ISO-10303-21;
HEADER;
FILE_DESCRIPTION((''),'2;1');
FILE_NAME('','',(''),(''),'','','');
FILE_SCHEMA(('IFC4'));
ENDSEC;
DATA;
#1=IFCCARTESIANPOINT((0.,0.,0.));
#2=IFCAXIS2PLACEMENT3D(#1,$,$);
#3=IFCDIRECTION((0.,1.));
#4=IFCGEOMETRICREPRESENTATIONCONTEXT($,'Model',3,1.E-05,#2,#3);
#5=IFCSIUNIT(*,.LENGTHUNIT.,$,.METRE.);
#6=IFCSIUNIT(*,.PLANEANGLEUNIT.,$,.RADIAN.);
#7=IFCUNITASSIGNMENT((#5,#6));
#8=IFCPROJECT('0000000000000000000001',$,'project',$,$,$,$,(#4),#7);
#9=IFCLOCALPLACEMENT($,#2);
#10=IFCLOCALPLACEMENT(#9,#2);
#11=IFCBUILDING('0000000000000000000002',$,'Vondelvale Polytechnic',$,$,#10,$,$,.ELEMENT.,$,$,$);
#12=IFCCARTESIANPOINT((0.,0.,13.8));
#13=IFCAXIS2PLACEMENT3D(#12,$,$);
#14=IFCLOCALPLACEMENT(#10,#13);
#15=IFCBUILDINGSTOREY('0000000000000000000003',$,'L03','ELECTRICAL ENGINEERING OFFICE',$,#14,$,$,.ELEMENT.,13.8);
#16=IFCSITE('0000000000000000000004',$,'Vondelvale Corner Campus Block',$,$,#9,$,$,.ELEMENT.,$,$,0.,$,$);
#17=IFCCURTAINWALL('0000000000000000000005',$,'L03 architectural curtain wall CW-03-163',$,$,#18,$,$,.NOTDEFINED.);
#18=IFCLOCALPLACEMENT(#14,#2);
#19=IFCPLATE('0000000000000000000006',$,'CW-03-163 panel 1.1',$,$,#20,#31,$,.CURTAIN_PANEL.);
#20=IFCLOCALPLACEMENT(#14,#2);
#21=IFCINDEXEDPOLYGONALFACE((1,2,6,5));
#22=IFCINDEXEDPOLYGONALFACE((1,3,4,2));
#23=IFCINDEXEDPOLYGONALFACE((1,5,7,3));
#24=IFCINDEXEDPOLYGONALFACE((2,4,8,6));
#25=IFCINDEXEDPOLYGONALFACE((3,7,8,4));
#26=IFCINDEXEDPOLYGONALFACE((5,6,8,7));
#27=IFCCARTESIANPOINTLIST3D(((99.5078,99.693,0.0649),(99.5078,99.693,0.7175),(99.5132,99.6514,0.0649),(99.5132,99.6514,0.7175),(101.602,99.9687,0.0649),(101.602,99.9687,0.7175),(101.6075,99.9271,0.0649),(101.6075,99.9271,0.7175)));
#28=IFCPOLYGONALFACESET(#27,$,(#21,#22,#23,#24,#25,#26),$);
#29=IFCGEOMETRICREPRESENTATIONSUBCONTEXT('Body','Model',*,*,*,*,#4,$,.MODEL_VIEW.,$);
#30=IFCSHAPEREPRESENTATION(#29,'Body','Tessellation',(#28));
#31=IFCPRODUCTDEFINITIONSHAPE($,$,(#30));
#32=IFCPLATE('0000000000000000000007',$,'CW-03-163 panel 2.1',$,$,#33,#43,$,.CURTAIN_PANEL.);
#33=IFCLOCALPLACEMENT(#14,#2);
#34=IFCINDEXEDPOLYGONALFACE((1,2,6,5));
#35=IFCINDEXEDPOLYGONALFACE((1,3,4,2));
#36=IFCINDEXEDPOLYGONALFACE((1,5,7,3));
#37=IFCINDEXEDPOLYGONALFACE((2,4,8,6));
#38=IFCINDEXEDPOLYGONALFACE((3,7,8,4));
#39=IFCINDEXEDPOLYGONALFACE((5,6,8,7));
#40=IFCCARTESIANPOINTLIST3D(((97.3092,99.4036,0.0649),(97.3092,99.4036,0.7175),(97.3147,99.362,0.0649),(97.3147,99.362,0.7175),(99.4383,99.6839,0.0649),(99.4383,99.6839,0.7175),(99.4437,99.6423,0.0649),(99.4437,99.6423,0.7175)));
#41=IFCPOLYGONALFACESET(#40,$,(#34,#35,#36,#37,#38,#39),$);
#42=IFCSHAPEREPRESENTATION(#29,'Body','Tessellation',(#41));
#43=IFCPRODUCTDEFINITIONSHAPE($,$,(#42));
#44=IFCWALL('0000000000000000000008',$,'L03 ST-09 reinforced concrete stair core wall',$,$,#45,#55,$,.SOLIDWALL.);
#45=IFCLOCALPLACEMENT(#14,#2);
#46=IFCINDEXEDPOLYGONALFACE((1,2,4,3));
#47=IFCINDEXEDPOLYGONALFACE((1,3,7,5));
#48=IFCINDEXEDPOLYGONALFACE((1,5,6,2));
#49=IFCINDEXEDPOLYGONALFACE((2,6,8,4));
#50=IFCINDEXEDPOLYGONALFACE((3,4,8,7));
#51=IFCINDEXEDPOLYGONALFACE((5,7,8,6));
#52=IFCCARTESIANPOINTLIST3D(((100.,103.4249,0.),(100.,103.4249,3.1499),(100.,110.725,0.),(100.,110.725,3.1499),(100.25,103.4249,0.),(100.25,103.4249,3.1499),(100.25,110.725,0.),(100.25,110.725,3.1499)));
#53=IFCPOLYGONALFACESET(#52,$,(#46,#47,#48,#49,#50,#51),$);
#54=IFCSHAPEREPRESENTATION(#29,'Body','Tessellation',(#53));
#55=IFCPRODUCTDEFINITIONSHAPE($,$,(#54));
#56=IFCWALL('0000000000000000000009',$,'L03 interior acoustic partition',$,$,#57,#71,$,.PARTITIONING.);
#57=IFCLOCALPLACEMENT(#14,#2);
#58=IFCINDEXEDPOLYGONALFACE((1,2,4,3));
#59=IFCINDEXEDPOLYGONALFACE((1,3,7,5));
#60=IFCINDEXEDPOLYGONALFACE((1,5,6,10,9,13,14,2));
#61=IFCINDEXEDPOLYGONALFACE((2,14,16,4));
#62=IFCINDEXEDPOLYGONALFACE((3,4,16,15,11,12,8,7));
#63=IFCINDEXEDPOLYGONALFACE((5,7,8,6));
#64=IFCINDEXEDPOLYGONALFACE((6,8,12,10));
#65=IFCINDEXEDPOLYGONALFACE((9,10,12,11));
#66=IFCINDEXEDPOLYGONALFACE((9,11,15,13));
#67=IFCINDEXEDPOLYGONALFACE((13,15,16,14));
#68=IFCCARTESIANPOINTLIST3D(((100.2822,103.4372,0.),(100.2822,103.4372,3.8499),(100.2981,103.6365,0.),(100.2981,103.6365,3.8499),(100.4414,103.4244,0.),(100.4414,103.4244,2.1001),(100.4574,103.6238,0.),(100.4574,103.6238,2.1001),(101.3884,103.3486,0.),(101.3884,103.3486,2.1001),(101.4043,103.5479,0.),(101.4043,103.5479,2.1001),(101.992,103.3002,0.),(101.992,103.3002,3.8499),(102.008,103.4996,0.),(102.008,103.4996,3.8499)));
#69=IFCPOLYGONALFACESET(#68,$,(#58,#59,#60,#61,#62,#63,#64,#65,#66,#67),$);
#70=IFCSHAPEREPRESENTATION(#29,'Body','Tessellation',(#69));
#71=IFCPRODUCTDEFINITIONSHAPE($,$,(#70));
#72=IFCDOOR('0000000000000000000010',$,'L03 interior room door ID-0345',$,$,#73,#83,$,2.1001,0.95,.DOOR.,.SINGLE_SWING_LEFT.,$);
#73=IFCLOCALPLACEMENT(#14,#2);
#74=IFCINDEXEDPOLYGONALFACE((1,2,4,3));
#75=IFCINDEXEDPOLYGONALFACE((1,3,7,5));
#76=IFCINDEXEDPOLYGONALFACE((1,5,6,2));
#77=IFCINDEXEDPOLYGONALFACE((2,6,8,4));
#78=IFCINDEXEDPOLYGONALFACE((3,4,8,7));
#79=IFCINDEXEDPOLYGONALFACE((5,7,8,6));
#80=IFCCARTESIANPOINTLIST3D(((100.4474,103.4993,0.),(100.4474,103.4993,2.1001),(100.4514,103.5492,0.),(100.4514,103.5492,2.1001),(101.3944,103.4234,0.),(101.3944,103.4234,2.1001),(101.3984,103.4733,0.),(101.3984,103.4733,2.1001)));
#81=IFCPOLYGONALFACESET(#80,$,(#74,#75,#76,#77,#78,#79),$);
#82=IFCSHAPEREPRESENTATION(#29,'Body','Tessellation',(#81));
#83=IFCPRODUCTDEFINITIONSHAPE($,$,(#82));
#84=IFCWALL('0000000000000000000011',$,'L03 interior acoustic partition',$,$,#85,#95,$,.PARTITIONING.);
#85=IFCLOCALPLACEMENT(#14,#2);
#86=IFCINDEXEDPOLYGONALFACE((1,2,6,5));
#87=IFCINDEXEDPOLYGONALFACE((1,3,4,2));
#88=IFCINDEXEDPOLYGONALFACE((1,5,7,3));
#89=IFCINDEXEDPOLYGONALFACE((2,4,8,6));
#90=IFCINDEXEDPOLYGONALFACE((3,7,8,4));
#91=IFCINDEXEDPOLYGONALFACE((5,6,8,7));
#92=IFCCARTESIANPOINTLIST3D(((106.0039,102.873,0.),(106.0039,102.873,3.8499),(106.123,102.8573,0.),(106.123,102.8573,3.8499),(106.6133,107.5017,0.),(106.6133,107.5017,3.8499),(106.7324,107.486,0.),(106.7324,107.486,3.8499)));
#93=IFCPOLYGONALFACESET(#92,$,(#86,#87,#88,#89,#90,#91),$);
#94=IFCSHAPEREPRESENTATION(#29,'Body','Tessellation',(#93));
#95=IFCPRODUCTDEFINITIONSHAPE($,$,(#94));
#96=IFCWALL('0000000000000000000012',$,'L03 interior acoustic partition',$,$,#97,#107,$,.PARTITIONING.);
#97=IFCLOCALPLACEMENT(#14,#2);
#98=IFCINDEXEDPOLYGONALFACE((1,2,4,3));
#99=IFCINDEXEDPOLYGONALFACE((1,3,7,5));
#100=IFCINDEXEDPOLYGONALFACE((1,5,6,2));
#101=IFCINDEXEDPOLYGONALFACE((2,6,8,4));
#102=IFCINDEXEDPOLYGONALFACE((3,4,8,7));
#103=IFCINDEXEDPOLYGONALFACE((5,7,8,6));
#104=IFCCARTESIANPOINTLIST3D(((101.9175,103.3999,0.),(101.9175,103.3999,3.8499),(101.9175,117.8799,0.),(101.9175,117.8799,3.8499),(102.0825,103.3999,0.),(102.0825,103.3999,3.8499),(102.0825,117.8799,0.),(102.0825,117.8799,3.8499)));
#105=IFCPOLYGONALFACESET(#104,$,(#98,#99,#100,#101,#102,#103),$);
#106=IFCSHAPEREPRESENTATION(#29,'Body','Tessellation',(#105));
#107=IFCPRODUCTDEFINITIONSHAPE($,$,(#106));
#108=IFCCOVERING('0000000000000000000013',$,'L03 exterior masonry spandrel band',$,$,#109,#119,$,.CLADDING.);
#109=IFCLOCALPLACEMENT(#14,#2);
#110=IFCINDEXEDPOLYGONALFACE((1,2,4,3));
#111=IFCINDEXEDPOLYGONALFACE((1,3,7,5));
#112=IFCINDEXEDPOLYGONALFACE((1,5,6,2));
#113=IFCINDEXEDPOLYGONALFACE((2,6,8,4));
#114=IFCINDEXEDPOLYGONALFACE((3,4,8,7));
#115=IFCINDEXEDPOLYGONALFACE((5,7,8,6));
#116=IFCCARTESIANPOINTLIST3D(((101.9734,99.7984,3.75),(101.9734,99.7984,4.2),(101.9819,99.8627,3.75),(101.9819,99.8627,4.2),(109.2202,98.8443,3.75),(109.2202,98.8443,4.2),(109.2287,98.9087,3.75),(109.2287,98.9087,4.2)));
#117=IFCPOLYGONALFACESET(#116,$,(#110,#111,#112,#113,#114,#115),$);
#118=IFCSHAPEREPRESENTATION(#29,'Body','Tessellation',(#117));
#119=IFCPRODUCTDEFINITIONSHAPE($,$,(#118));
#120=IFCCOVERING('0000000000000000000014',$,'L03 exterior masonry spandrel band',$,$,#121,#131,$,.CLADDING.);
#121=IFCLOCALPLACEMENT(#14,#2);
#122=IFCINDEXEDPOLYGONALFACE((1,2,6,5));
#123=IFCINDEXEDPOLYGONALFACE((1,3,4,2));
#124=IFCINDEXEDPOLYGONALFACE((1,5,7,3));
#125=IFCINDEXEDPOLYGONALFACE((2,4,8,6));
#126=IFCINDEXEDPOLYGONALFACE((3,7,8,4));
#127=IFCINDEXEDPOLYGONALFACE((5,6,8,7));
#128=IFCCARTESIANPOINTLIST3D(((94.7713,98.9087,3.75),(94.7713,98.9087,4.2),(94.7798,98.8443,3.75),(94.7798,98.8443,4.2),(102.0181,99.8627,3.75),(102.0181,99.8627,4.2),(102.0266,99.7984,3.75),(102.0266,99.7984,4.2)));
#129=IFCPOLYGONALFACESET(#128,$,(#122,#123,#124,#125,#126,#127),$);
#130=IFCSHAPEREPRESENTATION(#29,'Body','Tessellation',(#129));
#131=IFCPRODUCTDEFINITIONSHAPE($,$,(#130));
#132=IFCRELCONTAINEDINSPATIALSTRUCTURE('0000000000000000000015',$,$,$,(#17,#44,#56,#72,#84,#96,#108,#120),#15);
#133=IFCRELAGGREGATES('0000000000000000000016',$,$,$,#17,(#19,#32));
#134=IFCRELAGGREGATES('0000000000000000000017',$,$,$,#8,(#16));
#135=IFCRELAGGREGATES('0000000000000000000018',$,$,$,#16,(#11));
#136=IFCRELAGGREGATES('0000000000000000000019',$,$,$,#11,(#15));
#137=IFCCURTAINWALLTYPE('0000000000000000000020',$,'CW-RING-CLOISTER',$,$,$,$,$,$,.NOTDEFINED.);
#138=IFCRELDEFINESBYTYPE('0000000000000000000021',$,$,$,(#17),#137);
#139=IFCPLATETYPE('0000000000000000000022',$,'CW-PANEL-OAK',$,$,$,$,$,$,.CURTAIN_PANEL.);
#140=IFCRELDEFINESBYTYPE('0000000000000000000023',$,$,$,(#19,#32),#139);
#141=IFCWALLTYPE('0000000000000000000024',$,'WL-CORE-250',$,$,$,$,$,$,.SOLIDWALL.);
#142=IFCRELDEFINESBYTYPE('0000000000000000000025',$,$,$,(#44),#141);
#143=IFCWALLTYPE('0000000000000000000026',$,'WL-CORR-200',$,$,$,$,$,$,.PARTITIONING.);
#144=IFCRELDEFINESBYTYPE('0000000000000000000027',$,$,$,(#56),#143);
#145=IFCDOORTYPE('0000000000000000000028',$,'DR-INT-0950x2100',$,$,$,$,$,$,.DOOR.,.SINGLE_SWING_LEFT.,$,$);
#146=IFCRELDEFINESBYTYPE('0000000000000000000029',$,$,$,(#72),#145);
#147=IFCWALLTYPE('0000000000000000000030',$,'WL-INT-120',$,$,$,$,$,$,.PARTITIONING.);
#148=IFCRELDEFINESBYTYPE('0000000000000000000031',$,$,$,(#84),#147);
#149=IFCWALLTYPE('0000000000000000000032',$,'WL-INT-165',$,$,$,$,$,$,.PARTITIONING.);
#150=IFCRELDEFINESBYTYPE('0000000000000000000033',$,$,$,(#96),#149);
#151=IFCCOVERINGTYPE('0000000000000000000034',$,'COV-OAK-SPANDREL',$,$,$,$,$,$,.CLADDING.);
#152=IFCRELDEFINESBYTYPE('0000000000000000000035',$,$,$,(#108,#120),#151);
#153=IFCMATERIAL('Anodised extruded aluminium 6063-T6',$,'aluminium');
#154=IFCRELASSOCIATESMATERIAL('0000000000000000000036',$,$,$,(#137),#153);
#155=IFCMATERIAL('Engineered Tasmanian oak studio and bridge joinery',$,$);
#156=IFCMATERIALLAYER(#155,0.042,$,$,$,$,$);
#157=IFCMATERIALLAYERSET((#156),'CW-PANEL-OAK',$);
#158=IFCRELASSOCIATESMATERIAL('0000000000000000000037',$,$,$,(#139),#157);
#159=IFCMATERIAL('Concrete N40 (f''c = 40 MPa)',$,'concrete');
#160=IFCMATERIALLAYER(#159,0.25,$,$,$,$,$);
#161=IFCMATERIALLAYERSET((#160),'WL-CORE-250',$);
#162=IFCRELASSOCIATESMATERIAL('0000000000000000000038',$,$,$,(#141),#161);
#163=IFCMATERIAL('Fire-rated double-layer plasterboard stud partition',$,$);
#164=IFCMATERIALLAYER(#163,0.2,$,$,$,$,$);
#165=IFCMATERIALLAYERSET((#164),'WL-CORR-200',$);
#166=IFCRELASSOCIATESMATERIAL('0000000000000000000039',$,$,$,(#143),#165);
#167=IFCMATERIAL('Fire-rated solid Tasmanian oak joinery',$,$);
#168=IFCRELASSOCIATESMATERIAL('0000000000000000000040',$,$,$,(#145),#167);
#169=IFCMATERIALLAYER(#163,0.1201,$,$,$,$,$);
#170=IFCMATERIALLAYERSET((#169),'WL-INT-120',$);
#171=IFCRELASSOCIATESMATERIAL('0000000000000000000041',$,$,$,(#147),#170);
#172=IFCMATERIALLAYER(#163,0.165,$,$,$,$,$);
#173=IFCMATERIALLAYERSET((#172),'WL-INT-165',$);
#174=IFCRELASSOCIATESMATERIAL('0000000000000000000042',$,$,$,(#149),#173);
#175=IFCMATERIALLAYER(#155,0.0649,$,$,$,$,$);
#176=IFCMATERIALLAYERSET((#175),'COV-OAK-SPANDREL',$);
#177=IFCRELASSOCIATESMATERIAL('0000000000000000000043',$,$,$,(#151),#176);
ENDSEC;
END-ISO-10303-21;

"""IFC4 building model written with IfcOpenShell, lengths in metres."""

from ifc_helpers import new_model, si_unit, direction, frame, frame_2d, origin, origin_2d, place, context, subcontext, project, spatial, rectangle, extrude, material, layer, layer_set, type_object, element, fill, aggregate, save


model = new_model("IFC4")

# Units and contexts
model_context = context("Model", 3, precision=1e-05, world=origin(), true_north=direction((0.0, 1.0)))
body_context = subcontext(model_context, "Body", "Model", "MODEL_VIEW")
ifc_project = project(units=[si_unit("LENGTHUNIT", "METRE"), si_unit("PLANEANGLEUNIT", "RADIAN")], contexts=[model_context])

# Site, building, storey
site_placement = place(None, origin())
site = spatial("IfcSite", under=ifc_project, at=site_placement, Name="Vondelvale Corner Campus Block", CompositionType="ELEMENT", RefElevation=0.0)
building_placement = place(site_placement, origin())
building = spatial("IfcBuilding", under=site, at=building_placement, Name="Vondelvale Polytechnic", CompositionType="ELEMENT")
storey_placement = place(building_placement, frame((0.0, 0.0, 13.8)))
storey = spatial("IfcBuildingStorey", under=building, at=storey_placement, Name="L03", Description="ELECTRICAL ENGINEERING OFFICE", CompositionType="ELEMENT", Elevation=13.8)

# Shared definitions
ifc_material_1 = material(Name="Concrete N40 (f'c = 40 MPa)", Category="concrete")

# Curtain wall
ifc_material_2 = material(Name="Anodised extruded aluminium 6063-T6", Category="aluminium")
curtain_wall_type = type_object("IfcCurtainWallType", Name="CW-RING-CLOISTER", PredefinedType="NOTDEFINED", material=ifc_material_2)
curtain_wall_1_placement = place(storey_placement, origin())
curtain_wall_1 = element("IfcCurtainWall", 1, at=curtain_wall_1_placement, inside=storey, type_object=curtain_wall_type, Name="L03 architectural curtain wall CW-03-163", PredefinedType="NOTDEFINED")

# Plates
ifc_material_3 = material(Name="Engineered Tasmanian oak studio and bridge joinery")
ifc_layer_1 = layer(ifc_material_3, 0.042)
ifc_layer_set_1 = layer_set([ifc_layer_1], Name="CW-PANEL-OAK")
plate_type_1 = type_object("IfcPlateType", Name="CW-PANEL-OAK", PredefinedType="CURTAIN_PANEL", material=ifc_layer_set_1)
plate_1_placement = place(storey_placement, frame((100.5576, 99.8101, 0.0649), z_axis=(0.0, 0.0, 1.0), x_axis=(-0.991445, -0.130528, 0.0)))
plate_1 = element("IfcPlate", 2, at=plate_1_placement, type_object=plate_type_1, Name="CW-03-163 panel 1.1", PredefinedType="CURTAIN_PANEL", context=body_context, shape_type="SweptSolid", body=[
    extrude(rectangle(XDim=2.1123, YDim=0.042, at=origin_2d()), origin(), (0.0, 0.0, 1.0), 0.6526),
])
plate_2_placement = place(storey_placement, frame((98.3765, 99.5229, 0.0649), z_axis=(0.0, 0.0, 1.0), x_axis=(-0.991445, -0.130528, 0.0)))
plate_2 = element("IfcPlate", 3, at=plate_2_placement, type_object=plate_type_1, Name="CW-03-163 panel 2.1", PredefinedType="CURTAIN_PANEL", context=body_context, shape_type="SweptSolid", body=[
    extrude(rectangle(XDim=2.1475, YDim=0.042, at=origin_2d()), origin(), (0.0, 0.0, 1.0), 0.6526),
])
aggregate(curtain_wall_1, [plate_1, plate_2])

# Wall
ifc_layer_2 = layer(ifc_material_1, 0.25)
ifc_layer_set_2 = layer_set([ifc_layer_2], Name="WL-CORE-250")
wall_type_1 = type_object("IfcWallType", Name="WL-CORE-250", PredefinedType="SOLIDWALL", material=ifc_layer_set_2)
wall_1_placement = place(storey_placement, frame((100.125, 103.425, 0.0), z_axis=(0.0, 0.0, 1.0), x_axis=(0.0, 1.0, 0.0)))
element("IfcWall", 4, at=wall_1_placement, inside=storey, type_object=wall_type_1, Name="L03 ST-09 reinforced concrete stair core wall", PredefinedType="SOLIDWALL", context=body_context, shape_type="SweptSolid", body=[
    extrude(rectangle(XDim=7.3, YDim=0.25, at=frame_2d((3.6499, 0.0))), origin(), (0.0, 0.0, 1.0), 3.1499),
])

# Wall, opening, door
ifc_material_4 = material(Name="Fire-rated double-layer plasterboard stud partition")
ifc_layer_3 = layer(ifc_material_4, 0.2)
ifc_layer_set_3 = layer_set([ifc_layer_3], Name="WL-CORR-200")
wall_type_2 = type_object("IfcWallType", Name="WL-CORR-200", PredefinedType="PARTITIONING", material=ifc_layer_set_3)
wall_2_placement = place(storey_placement, frame((102.0, 103.3999, 0.0), z_axis=(0.0, 0.0, 1.0), x_axis=(-0.996808, 0.079841, 0.0)))
wall_2 = element("IfcWall", 5, at=wall_2_placement, inside=storey, type_object=wall_type_2, Name="L03 interior acoustic partition", PredefinedType="PARTITIONING", context=body_context, shape_type="SweptSolid", body=[
    extrude(rectangle(XDim=1.7153, YDim=0.2, at=frame_2d((0.8577, 0.0))), origin(), (0.0, 0.0, 1.0), 3.8499),
])
opening_placement = place(wall_2_placement, frame((0.6055, 0.0, 0.0)))
opening = element("IfcOpeningElement", 6, at=opening_placement, cuts=wall_2, PredefinedType="OPENING", context=body_context, shape_type="SweptSolid", body=[
    extrude(rectangle(XDim=0.95, YDim=2.1001, at=frame_2d((0.4751, 1.05))), frame((0.0, 0.1099, 0.0), z_axis=(0.0, -1.0, 0.0), x_axis=(1.0, 0.0, 0.0)), (0.0, 0.0, 1.0), 0.22),
])
ifc_material_5 = material(Name="Fire-rated solid Tasmanian oak joinery")
door_type = type_object("IfcDoorType", Name="DR-INT-0950x2100", OperationType="SINGLE_SWING_LEFT", PredefinedType="DOOR", material=ifc_material_5)
door_placement = place(opening_placement, origin())
door = element("IfcDoor", 7, at=door_placement, inside=storey, type_object=door_type, Name="L03 interior room door ID-0345", OperationType="SINGLE_SWING_LEFT", OverallHeight=2.1001, OverallWidth=0.95, PredefinedType="DOOR", context=body_context, shape_type="SweptSolid", body=[
    extrude(rectangle(XDim=0.95, YDim=2.1001, at=frame_2d((0.4751, 1.05))), frame((0.0, 0.0249, 0.0), z_axis=(0.0, -1.0, 0.0), x_axis=(1.0, 0.0, 0.0)), (0.0, 0.0, 1.0), 0.05),
])
fill(opening, door)

# Walls
ifc_layer_4 = layer(ifc_material_4, 0.1201)
ifc_layer_set_4 = layer_set([ifc_layer_4], Name="WL-INT-120")
wall_type_3 = type_object("IfcWallType", Name="WL-INT-120", PredefinedType="PARTITIONING", material=ifc_layer_set_4)
wall_3_placement = place(storey_placement, frame((106.0635, 102.865, 0.0), z_axis=(0.0, 0.0, 1.0), x_axis=(0.130526, 0.991445, 0.0)))
element("IfcWall", 8, at=wall_3_placement, inside=storey, type_object=wall_type_3, Name="L03 interior acoustic partition", PredefinedType="PARTITIONING", context=body_context, shape_type="SweptSolid", body=[
    extrude(rectangle(XDim=4.6687, YDim=0.1201, at=frame_2d((2.3345, 0.0))), origin(), (0.0, 0.0, 1.0), 3.8499),
])
ifc_layer_5 = layer(ifc_material_4, 0.165)
ifc_layer_set_5 = layer_set([ifc_layer_5], Name="WL-INT-165")
wall_type_4 = type_object("IfcWallType", Name="WL-INT-165", PredefinedType="PARTITIONING", material=ifc_layer_set_5)
wall_4_placement = place(storey_placement, frame((102.0, 103.3999, 0.0), z_axis=(0.0, 0.0, 1.0), x_axis=(0.0, 1.0, 0.0)))
element("IfcWall", 9, at=wall_4_placement, inside=storey, type_object=wall_type_4, Name="L03 interior acoustic partition", PredefinedType="PARTITIONING", context=body_context, shape_type="SweptSolid", body=[
    extrude(rectangle(XDim=14.48, YDim=0.165, at=frame_2d((7.24, 0.0))), origin(), (0.0, 0.0, 1.0), 3.8499),
])

# Coverings
ifc_layer_6 = layer(ifc_material_3, 0.0649)
ifc_layer_set_6 = layer_set([ifc_layer_6], Name="COV-OAK-SPANDREL")
covering_type = type_object("IfcCoveringType", Name="COV-OAK-SPANDREL", PredefinedType="CLADDING", material=ifc_layer_set_6)
for number, where, z_axis, x_axis, name in (
    (10, (105.6011, 99.3535, 3.75), (0.0, 0.0, 1.0), (-0.991445, 0.130526, 0.0), "L03 exterior masonry spandrel band"),
    (11, (98.3989, 99.3535, 3.75), (0.0, 0.0, 1.0), (-0.991445, -0.130526, 0.0), "L03 exterior masonry spandrel band"),
):
    element("IfcCovering", number, at=place(storey_placement, frame(where, z_axis=z_axis, x_axis=x_axis)), inside=storey, type_object=covering_type, Name=name, PredefinedType="CLADDING", context=body_context, shape_type="SweptSolid", body=[
        extrude(rectangle(XDim=7.3093, YDim=0.0649, at=origin_2d()), origin(), (0.0, 0.0, 1.0), 0.45),
    ])

save(model, "model.ifc")
